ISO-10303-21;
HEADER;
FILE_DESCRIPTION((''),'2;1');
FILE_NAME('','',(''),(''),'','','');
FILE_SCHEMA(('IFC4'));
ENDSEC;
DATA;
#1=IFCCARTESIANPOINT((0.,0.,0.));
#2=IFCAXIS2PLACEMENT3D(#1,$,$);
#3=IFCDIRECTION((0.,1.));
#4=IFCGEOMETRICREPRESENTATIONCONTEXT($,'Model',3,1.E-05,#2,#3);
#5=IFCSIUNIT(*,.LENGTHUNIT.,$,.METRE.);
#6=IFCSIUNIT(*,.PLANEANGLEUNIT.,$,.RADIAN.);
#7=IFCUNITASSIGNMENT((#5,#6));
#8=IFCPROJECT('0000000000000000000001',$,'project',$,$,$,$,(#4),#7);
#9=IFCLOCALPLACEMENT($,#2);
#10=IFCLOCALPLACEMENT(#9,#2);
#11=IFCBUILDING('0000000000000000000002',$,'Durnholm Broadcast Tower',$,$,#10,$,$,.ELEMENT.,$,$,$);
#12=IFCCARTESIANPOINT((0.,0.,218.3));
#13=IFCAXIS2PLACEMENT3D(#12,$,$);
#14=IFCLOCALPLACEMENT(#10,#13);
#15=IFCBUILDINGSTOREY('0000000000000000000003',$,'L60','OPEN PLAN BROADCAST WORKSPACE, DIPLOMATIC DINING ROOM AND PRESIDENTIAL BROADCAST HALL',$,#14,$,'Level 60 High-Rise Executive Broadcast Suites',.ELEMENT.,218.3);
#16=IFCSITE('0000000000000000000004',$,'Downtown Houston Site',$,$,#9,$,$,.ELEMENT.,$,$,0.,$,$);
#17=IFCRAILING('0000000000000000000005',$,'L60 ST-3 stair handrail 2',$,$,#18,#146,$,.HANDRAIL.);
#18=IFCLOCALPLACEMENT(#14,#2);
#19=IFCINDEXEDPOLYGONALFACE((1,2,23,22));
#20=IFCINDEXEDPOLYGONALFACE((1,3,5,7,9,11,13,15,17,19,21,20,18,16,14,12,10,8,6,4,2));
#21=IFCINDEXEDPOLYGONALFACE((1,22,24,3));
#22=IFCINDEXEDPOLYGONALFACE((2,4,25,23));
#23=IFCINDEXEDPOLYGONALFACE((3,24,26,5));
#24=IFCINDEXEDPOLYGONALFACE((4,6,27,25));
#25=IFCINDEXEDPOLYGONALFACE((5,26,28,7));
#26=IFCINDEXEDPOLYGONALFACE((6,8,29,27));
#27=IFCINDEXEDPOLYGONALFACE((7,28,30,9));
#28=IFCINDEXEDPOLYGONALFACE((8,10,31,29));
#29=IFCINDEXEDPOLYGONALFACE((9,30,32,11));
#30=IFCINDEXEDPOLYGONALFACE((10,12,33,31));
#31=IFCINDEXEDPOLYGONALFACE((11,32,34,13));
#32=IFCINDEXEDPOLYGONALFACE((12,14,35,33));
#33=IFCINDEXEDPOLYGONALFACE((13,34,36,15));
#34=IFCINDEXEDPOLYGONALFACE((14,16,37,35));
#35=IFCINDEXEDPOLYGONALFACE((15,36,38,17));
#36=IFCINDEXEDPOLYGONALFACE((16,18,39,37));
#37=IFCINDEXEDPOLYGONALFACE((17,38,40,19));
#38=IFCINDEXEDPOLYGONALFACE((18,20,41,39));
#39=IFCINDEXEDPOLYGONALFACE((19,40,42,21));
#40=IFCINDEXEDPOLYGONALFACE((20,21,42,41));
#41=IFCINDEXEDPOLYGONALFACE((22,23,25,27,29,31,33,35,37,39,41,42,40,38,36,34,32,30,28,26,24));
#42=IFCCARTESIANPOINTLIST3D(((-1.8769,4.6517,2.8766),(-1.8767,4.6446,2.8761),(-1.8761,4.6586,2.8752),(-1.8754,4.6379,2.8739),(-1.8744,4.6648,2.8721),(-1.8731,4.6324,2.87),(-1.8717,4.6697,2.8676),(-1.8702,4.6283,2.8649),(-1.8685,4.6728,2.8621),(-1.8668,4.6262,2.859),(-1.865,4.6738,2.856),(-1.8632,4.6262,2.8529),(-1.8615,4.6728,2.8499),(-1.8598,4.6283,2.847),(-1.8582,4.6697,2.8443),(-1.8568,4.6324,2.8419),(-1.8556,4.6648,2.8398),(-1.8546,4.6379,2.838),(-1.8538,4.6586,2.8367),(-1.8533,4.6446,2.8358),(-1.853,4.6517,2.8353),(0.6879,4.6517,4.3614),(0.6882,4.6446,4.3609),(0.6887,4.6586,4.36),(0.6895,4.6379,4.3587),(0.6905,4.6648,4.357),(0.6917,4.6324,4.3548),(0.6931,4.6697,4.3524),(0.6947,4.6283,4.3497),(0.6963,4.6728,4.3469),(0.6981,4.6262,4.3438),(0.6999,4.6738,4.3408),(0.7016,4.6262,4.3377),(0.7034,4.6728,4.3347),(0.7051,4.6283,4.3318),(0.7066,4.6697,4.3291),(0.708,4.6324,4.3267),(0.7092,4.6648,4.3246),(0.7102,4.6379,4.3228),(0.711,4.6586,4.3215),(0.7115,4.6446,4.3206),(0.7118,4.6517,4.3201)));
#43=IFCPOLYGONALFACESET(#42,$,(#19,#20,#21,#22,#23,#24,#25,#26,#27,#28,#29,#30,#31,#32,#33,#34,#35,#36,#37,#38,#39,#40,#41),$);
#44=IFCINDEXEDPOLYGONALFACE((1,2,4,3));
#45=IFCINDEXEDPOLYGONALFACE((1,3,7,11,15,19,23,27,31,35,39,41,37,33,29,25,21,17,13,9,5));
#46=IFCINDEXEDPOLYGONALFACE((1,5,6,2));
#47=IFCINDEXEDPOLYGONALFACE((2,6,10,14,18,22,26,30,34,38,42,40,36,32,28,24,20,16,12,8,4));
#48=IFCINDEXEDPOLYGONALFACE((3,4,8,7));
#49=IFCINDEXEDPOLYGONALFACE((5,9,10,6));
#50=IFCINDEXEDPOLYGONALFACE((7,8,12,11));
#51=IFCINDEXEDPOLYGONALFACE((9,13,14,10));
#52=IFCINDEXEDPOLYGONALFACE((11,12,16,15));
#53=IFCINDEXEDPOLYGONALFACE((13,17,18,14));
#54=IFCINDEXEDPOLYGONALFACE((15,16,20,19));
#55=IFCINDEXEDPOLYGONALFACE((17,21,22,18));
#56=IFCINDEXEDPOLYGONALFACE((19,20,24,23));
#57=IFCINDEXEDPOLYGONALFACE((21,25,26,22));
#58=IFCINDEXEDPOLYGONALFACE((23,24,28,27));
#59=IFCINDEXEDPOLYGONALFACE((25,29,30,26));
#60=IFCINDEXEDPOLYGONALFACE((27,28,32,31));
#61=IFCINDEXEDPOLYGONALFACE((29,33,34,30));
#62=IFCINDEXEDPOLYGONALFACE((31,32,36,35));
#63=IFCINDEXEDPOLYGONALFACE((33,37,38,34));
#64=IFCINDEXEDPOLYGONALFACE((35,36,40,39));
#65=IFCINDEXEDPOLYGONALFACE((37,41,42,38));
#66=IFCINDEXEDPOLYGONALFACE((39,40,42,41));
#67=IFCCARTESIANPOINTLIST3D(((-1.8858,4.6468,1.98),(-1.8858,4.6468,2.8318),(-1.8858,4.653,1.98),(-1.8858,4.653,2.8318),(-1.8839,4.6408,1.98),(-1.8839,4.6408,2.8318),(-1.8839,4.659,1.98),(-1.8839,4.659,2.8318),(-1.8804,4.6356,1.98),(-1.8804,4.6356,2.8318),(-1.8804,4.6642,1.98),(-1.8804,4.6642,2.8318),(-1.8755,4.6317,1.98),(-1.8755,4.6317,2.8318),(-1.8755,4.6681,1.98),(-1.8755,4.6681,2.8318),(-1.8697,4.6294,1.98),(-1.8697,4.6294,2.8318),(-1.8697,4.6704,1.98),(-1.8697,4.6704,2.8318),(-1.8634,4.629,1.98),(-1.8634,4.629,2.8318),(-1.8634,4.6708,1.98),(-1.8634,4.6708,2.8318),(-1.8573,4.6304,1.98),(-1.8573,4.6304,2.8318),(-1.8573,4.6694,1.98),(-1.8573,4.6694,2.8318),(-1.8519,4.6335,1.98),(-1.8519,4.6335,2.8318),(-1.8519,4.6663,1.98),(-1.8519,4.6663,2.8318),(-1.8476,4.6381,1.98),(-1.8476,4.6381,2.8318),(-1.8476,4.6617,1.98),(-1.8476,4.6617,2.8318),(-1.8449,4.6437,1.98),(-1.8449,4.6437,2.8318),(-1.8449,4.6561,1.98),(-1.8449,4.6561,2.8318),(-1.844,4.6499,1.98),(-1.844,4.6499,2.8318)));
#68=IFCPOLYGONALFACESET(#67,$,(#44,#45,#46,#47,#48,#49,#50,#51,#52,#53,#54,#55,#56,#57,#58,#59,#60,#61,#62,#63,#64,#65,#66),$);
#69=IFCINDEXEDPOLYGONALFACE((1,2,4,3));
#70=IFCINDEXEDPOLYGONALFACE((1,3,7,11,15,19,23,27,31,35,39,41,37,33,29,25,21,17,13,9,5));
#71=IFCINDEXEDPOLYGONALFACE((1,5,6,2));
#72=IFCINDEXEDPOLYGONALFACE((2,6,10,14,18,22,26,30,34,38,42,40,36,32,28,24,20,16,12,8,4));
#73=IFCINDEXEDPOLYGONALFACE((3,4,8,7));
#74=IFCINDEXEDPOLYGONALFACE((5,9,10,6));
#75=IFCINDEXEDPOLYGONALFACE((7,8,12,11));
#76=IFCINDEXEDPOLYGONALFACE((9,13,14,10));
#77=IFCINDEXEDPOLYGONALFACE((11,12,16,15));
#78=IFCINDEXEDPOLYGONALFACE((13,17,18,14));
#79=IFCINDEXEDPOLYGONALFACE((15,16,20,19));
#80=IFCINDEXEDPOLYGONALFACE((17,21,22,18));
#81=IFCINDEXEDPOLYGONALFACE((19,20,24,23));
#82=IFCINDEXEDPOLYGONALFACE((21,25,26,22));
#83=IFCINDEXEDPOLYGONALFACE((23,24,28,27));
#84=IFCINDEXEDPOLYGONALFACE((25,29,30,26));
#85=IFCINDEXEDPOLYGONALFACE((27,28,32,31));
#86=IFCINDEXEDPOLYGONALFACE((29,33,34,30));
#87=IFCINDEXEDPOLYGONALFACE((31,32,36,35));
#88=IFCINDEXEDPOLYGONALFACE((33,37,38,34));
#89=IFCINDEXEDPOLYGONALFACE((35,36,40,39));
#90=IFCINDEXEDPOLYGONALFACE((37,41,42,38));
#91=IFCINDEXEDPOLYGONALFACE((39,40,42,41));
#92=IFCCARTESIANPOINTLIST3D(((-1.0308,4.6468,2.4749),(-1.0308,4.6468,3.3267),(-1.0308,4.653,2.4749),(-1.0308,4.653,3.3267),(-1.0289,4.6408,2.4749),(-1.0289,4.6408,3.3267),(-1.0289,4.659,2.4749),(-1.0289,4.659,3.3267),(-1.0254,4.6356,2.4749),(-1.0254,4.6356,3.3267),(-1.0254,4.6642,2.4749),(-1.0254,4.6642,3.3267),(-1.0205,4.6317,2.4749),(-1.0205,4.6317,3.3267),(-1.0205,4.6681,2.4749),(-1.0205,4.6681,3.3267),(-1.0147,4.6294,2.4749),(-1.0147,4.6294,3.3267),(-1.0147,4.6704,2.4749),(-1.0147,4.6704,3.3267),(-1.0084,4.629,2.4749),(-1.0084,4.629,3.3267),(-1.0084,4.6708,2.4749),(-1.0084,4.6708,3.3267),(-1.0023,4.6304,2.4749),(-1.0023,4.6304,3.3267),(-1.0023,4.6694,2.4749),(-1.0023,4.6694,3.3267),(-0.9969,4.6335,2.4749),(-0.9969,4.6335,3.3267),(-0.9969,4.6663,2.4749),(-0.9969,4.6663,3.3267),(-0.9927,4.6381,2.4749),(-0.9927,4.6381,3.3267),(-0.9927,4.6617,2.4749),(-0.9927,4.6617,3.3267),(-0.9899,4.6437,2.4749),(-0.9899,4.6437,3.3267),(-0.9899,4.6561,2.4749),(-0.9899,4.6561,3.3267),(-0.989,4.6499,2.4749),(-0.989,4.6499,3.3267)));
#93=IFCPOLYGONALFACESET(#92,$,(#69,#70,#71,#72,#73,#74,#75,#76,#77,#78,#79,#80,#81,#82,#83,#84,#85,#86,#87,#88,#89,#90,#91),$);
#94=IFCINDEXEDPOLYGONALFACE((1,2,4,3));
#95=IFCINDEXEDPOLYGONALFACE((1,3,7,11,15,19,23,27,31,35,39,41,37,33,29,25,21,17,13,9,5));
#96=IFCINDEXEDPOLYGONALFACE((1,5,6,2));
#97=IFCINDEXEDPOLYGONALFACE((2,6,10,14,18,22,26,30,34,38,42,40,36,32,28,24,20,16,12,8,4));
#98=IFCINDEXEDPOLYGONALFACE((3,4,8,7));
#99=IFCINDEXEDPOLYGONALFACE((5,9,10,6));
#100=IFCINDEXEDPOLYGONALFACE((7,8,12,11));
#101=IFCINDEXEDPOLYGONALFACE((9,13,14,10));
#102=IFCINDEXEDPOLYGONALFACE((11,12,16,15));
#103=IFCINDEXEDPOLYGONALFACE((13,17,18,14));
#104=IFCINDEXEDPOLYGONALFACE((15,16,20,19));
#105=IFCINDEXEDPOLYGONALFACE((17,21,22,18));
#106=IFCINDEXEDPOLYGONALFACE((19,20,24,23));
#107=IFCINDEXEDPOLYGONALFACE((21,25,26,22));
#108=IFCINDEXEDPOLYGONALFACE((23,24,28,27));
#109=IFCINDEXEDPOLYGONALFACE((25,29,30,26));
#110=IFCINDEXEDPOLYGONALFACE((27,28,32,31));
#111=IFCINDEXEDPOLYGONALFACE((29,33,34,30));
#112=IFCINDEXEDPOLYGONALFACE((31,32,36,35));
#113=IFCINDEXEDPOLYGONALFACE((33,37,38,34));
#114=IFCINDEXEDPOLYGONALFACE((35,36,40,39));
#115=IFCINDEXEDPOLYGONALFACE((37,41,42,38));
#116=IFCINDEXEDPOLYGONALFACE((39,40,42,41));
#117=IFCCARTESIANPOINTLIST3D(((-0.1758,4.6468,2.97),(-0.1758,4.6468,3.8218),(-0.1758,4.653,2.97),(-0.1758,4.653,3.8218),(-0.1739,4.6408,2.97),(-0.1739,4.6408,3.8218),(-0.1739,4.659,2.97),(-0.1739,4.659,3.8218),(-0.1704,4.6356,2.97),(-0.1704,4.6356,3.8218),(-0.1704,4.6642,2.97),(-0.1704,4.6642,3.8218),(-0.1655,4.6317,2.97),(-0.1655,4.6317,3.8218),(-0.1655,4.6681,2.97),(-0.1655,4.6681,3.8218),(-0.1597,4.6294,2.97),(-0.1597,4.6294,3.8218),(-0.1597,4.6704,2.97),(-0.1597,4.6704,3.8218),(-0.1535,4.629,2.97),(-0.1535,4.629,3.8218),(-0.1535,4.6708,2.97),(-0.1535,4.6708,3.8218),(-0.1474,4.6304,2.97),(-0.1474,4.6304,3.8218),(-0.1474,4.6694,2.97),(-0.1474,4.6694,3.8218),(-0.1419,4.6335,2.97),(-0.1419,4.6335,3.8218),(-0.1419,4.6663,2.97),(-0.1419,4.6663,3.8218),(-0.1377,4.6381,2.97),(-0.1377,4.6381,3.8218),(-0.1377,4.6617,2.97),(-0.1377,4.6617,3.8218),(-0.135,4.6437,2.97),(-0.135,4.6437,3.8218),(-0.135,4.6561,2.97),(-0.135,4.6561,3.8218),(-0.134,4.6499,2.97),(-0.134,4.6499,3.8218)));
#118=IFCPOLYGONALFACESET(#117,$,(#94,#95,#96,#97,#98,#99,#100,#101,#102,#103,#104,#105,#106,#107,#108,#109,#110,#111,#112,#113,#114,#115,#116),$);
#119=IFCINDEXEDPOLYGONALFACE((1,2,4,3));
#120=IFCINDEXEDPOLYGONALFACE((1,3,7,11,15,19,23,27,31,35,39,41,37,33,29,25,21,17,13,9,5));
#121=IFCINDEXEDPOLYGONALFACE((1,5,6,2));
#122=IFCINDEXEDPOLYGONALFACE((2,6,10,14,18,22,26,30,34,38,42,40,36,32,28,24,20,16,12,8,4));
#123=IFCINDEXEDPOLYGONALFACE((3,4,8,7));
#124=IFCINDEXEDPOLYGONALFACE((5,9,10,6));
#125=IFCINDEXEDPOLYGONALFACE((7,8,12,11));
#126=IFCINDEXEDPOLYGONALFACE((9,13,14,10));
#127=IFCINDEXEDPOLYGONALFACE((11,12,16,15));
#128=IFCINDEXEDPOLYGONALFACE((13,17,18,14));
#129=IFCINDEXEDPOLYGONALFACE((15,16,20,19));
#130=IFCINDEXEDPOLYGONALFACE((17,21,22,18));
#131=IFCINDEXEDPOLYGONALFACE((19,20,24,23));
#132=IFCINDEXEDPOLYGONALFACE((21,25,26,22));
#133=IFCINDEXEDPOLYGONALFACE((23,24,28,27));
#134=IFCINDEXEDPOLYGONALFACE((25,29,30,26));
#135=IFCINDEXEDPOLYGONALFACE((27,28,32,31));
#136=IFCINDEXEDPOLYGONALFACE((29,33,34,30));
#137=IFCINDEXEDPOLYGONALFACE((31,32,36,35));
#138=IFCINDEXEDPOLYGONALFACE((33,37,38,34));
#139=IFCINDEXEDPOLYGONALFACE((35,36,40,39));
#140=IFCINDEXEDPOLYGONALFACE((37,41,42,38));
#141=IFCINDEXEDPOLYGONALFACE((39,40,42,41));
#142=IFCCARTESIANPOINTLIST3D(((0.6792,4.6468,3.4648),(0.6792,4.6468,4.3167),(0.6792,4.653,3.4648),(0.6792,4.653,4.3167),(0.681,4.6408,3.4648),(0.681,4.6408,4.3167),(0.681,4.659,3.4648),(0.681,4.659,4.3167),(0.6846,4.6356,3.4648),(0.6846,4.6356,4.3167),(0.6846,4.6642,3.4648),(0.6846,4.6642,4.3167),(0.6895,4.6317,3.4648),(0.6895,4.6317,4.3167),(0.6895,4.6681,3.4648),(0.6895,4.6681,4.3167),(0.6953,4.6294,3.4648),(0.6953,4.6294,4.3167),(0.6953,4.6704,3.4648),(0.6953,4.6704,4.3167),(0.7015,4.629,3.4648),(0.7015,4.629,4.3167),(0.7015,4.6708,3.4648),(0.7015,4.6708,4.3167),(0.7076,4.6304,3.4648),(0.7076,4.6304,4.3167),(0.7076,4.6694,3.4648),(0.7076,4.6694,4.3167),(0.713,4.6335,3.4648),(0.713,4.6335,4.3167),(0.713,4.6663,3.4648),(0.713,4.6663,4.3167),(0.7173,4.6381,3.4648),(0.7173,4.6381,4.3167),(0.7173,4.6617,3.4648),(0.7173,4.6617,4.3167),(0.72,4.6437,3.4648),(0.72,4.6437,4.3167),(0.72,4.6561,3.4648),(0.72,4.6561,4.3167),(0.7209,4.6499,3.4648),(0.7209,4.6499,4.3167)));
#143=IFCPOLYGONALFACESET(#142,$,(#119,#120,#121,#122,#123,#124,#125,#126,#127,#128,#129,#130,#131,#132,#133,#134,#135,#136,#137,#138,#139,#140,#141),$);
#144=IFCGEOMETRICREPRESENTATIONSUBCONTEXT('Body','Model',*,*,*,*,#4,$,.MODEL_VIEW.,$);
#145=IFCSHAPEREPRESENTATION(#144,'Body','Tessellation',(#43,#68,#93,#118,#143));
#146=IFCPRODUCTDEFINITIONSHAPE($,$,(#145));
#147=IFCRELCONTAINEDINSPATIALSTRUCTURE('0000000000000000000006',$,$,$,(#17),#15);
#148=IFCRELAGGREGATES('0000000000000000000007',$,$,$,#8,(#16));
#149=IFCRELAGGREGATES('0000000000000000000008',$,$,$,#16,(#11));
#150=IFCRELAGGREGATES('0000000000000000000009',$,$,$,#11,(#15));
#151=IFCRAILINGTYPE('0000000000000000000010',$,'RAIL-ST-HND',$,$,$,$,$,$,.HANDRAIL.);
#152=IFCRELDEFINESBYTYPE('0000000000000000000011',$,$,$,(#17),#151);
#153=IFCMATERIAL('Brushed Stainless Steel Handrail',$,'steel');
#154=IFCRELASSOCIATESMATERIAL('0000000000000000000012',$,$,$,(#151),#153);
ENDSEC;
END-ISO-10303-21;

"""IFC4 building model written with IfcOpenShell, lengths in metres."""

from ifc_helpers import new_model, si_unit, direction, frame, origin, origin_2d, place, context, subcontext, project, spatial, circle, extrude, material, type_object, element, save


model = new_model("IFC4")

# Units and contexts
model_context = context("Model", 3, precision=1e-05, world=origin(), true_north=direction((0.0, 1.0)))
body_context = subcontext(model_context, "Body", "Model", "MODEL_VIEW")
ifc_project = project(units=[si_unit("LENGTHUNIT", "METRE"), si_unit("PLANEANGLEUNIT", "RADIAN")], contexts=[model_context])

# Site, building, storey
site_placement = place(None, origin())
site = spatial("IfcSite", under=ifc_project, at=site_placement, Name="Downtown Houston Site", CompositionType="ELEMENT", RefElevation=0.0)
building_placement = place(site_placement, origin())
building = spatial("IfcBuilding", under=site, at=building_placement, Name="Durnholm Broadcast Tower", CompositionType="ELEMENT")
storey_placement = place(building_placement, frame((0.0, 0.0, 218.3)))
storey = spatial("IfcBuildingStorey", under=building, at=storey_placement, Name="L60", Description="OPEN PLAN BROADCAST WORKSPACE, DIPLOMATIC DINING ROOM AND PRESIDENTIAL BROADCAST HALL", LongName="Level 60 High-Rise Executive Broadcast Suites", CompositionType="ELEMENT", Elevation=218.3)

# Railing
ifc_material_1 = material(Name="Brushed Stainless Steel Handrail", Category="steel")
railing_type_1 = type_object("IfcRailingType", Name="RAIL-ST-HND", PredefinedType="HANDRAIL", material=ifc_material_1)
railing_1_placement = place(storey_placement, frame((-1.865, 4.6499, 1.98)))
element("IfcRailing", 1, at=railing_1_placement, inside=storey, type_object=railing_type_1, Name="L60 ST-3 stair handrail 2", PredefinedType="HANDRAIL", context=body_context, shape_type="SweptSolid", body=[
    extrude(circle(Radius=0.0239, at=origin_2d()), frame((0.0, 0.0, 0.876), z_axis=(0.865441, 0.0, 0.50101), x_axis=(0.0, 1.0, 0.0)), (0.0, 0.0, 1.0), 2.9636),
    extrude(circle(Radius=0.021, at=origin_2d()), origin(), (0.0, 0.0, 1.0), 0.8518),
    extrude(circle(Radius=0.021, at=origin_2d()), frame((0.855, 0.0, 0.4949)), (0.0, 0.0, 1.0), 0.8518),
    extrude(circle(Radius=0.021, at=origin_2d()), frame((1.71, 0.0, 0.99)), (0.0, 0.0, 1.0), 0.8518),
    extrude(circle(Radius=0.021, at=origin_2d()), frame((2.5649, 0.0, 1.4849)), (0.0, 0.0, 1.0), 0.8518),
])

save(model, "model.ifc")
